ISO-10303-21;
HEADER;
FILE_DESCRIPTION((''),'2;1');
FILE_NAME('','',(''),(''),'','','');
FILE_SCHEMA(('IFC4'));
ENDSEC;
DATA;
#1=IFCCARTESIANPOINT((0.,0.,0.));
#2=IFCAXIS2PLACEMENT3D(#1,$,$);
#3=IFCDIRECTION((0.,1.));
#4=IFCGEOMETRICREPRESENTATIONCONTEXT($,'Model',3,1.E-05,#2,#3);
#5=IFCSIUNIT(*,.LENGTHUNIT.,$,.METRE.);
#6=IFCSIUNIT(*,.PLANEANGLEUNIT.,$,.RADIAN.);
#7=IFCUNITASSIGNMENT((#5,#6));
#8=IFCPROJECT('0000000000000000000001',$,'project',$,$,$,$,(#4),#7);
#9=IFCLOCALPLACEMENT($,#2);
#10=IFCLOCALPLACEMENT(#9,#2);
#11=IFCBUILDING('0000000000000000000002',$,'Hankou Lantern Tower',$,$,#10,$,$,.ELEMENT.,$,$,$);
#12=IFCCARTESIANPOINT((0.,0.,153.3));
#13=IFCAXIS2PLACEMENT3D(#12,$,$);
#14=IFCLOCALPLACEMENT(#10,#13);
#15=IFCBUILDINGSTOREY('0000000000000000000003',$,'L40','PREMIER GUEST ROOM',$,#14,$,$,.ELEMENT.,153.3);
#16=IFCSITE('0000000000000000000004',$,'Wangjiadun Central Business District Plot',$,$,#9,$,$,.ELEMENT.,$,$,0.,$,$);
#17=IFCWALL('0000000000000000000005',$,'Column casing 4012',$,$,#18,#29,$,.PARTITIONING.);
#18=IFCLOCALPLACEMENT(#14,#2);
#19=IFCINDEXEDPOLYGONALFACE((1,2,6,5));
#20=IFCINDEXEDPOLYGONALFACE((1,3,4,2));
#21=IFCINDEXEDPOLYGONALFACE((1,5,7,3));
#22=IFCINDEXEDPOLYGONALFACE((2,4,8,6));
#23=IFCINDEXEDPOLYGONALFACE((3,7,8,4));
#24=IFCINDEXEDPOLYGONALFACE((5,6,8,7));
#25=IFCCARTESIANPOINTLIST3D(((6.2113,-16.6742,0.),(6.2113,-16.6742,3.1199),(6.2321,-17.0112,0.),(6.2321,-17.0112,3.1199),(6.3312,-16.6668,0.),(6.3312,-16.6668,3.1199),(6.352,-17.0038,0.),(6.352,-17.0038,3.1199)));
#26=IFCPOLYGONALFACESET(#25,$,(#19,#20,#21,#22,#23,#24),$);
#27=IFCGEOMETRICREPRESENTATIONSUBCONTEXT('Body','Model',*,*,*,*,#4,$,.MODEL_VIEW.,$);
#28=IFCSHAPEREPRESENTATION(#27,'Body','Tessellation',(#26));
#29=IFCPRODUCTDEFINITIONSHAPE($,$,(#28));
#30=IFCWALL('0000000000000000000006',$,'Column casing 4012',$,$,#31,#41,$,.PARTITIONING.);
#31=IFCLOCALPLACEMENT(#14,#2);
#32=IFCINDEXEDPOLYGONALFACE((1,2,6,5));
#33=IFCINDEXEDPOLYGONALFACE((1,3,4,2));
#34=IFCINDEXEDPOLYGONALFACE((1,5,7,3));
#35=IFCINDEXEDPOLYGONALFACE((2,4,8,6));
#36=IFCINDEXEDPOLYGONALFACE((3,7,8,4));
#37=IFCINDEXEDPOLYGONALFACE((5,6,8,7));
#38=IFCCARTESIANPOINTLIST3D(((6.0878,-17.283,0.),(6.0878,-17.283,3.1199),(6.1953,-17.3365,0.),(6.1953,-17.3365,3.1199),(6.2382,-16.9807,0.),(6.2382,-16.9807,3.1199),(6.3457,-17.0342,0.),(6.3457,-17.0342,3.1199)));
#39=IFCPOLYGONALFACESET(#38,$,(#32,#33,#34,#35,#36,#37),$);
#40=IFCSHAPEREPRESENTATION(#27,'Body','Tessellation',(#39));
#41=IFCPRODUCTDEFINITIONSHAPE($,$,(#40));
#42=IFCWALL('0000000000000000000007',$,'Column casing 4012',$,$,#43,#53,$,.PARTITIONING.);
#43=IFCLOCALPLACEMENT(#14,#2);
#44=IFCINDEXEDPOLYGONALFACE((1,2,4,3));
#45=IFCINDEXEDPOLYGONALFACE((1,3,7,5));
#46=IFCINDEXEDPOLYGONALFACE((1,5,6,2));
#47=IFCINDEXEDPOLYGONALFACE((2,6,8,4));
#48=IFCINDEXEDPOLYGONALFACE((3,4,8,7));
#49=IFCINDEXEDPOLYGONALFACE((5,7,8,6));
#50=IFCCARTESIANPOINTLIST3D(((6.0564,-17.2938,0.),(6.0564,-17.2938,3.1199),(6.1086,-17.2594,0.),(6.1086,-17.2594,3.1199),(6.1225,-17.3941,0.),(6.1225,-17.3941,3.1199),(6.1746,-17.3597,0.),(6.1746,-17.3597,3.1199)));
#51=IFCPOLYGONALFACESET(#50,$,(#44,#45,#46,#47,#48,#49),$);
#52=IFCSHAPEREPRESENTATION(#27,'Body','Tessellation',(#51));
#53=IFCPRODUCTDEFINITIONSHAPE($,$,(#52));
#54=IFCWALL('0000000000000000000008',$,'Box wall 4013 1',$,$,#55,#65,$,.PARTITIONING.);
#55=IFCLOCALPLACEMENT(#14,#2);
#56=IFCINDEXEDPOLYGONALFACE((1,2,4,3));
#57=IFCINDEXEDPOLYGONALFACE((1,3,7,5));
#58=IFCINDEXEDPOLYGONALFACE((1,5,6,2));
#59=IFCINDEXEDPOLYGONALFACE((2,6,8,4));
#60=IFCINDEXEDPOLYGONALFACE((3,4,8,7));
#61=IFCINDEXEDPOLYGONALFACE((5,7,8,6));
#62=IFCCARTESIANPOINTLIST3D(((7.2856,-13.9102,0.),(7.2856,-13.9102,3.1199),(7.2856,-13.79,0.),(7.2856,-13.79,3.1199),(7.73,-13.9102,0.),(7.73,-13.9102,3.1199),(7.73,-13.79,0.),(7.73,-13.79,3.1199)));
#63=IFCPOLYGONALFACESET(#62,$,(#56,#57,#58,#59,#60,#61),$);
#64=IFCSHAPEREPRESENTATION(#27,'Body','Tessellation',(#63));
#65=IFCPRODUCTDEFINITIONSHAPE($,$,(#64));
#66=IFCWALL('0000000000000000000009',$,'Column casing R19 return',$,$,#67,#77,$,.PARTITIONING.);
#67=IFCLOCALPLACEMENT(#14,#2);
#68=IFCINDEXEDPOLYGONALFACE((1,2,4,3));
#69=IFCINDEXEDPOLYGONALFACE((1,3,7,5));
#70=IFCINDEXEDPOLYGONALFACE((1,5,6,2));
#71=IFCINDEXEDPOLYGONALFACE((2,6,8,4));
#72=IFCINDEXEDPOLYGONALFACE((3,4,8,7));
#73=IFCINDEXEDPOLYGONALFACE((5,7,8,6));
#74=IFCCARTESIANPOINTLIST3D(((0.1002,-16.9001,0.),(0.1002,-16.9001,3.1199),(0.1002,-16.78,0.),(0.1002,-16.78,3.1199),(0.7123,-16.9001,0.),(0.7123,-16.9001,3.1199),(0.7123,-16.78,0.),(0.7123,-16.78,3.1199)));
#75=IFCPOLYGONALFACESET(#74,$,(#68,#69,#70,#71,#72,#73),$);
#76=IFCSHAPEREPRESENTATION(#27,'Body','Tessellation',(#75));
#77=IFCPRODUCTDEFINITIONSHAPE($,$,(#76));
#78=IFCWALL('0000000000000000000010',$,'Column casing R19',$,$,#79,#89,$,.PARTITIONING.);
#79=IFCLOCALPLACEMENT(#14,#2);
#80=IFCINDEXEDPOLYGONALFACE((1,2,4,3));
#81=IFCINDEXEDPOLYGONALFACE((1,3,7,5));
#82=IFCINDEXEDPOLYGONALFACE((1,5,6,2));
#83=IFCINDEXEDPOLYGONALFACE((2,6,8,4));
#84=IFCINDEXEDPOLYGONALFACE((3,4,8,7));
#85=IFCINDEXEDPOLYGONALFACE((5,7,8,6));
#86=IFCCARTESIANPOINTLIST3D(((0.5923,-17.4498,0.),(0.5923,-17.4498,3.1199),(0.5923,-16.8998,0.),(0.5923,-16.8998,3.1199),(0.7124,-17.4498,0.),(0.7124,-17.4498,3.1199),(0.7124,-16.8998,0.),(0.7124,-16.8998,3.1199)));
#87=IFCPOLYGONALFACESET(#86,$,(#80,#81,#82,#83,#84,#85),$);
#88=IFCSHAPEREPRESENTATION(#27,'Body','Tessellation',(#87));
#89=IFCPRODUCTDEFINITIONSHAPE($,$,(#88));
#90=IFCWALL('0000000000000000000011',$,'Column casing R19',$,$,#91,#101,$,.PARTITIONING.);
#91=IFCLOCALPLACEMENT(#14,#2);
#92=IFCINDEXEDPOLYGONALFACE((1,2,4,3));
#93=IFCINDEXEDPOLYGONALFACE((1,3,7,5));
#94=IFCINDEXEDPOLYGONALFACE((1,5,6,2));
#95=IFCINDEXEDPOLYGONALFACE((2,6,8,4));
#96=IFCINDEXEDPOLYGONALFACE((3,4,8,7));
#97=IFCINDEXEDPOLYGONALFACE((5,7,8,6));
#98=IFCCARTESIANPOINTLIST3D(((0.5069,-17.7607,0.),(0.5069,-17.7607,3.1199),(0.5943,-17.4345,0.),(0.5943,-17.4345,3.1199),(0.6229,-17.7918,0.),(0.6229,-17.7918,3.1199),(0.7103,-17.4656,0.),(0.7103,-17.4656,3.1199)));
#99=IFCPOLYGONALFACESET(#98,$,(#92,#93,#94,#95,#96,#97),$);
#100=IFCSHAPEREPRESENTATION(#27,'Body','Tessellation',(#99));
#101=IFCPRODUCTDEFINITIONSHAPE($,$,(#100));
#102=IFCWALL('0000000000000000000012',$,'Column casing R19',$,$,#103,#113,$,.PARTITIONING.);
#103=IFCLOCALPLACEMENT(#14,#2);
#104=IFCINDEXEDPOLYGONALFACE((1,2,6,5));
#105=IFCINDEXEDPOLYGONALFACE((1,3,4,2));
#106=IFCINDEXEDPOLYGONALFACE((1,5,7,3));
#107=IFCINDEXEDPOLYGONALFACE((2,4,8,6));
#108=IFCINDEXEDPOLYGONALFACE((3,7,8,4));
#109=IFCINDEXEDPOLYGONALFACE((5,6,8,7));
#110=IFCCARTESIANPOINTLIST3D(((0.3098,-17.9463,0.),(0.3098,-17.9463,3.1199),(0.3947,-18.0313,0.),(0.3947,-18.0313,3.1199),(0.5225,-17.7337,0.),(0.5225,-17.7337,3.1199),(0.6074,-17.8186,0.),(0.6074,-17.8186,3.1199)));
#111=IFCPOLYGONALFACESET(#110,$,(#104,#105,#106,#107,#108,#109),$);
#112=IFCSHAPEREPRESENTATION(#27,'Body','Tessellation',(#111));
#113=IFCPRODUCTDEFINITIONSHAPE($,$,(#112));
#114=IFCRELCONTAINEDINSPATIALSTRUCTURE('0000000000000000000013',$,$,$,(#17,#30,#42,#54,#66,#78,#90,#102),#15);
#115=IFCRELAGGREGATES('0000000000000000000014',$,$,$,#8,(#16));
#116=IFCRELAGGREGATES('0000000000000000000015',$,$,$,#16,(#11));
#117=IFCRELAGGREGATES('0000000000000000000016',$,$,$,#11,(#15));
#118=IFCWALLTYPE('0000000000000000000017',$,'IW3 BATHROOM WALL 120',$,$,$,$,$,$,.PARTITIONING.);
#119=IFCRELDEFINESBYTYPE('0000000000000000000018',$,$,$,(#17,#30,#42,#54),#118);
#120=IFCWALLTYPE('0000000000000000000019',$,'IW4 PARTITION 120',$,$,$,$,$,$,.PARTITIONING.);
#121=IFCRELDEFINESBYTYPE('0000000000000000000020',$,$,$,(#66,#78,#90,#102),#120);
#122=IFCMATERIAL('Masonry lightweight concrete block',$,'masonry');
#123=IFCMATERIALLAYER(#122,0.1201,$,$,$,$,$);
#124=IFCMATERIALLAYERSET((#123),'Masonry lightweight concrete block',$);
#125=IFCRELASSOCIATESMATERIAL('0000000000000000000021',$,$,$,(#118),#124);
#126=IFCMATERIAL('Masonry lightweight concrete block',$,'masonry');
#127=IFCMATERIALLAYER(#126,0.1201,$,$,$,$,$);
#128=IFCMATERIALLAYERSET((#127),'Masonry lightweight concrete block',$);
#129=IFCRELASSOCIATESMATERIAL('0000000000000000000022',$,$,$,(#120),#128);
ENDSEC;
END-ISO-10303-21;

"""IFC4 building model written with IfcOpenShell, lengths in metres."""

from ifc_helpers import new_model, si_unit, direction, frame, frame_2d, origin, place, context, subcontext, project, spatial, rectangle, extrude, material, layer, layer_set, type_object, element, save


model = new_model("IFC4")

# Units and contexts
model_context = context("Model", 3, precision=1e-05, world=origin(), true_north=direction((0.0, 1.0)))
body_context = subcontext(model_context, "Body", "Model", "MODEL_VIEW")
ifc_project = project(units=[si_unit("LENGTHUNIT", "METRE"), si_unit("PLANEANGLEUNIT", "RADIAN")], contexts=[model_context])

# Site, building, storey
site_placement = place(None, origin())
site = spatial("IfcSite", under=ifc_project, at=site_placement, Name="Wangjiadun Central Business District Plot", CompositionType="ELEMENT", RefElevation=0.0)
building_placement = place(site_placement, origin())
building = spatial("IfcBuilding", under=site, at=building_placement, Name="Hankou Lantern Tower", CompositionType="ELEMENT")
storey_placement = place(building_placement, frame((0.0, 0.0, 153.3)))
storey = spatial("IfcBuildingStorey", under=building, at=storey_placement, Name="L40", Description="PREMIER GUEST ROOM", CompositionType="ELEMENT", Elevation=153.3)

# Shared definitions
ifc_material_1 = material(Name="Masonry lightweight concrete block", Category="masonry")
ifc_layer_1 = layer(ifc_material_1, 0.1201)
ifc_layer_set_1 = layer_set([ifc_layer_1], Name="Masonry lightweight concrete block")
wall_type_1 = type_object("IfcWallType", Name="IW3 BATHROOM WALL 120", PredefinedType="PARTITIONING", material=ifc_layer_set_1)

# Walls
for number, where, z_axis, x_axis, name in (
    (1, (6.2712, -16.6704, 0.0), (0.0, 0.0, 1.0), (0.061478, -0.998108, 0.0), "Column casing 4012"),
    (2, (6.292, -17.0073, 0.0), (0.0, 0.0, 1.0), (-0.445477, -0.895293, 0.0), "Column casing 4012"),
):
    element("IfcWall", number, at=place(storey_placement, frame(where, z_axis=z_axis, x_axis=x_axis)), inside=storey, type_object=wall_type_1, Name=name, PredefinedType="PARTITIONING", context=body_context, shape_type="SweptSolid", body=[
        extrude(rectangle(XDim=0.3376, YDim=0.1201, at=frame_2d((0.1689, 0.0))), origin(), (0.0, 0.0, 1.0), 3.1199),
    ])
wall_1_placement = place(storey_placement, frame((6.1416, -17.3096, 0.0), z_axis=(0.0, 0.0, 1.0), x_axis=(-0.83504, -0.55019, 0.0)))
element("IfcWall", 3, at=wall_1_placement, inside=storey, type_object=wall_type_1, Name="Column casing 4012", PredefinedType="PARTITIONING", context=body_context, shape_type="SweptSolid", body=[
    extrude(rectangle(XDim=0.0625, YDim=0.1201, at=frame_2d((0.0312, 0.0))), origin(), (0.0, 0.0, 1.0), 3.1199),
])
wall_2_placement = place(storey_placement, frame((7.2856, -13.8501, 0.0), z_axis=(0.0, 0.0, 1.0), x_axis=(1.0, 0.0, 0.0)))
element("IfcWall", 4, at=wall_2_placement, inside=storey, type_object=wall_type_1, Name="Box wall 4013 1", PredefinedType="PARTITIONING", context=body_context, shape_type="SweptSolid", body=[
    extrude(rectangle(XDim=0.4443, YDim=0.1201, at=frame_2d((0.2222, 0.0))), origin(), (0.0, 0.0, 1.0), 3.1199),
])
ifc_material_2 = material(Name="Masonry lightweight concrete block", Category="masonry")
ifc_layer_2 = layer(ifc_material_2, 0.1201)
ifc_layer_set_2 = layer_set([ifc_layer_2], Name="Masonry lightweight concrete block")
wall_type_2 = type_object("IfcWallType", Name="IW4 PARTITION 120", PredefinedType="PARTITIONING", material=ifc_layer_set_2)
wall_3_placement = place(storey_placement, frame((0.1001, -16.8401, 0.0), z_axis=(0.0, 0.0, 1.0), x_axis=(1.0, 0.0, 0.0)))
element("IfcWall", 5, at=wall_3_placement, inside=storey, type_object=wall_type_2, Name="Column casing R19 return", PredefinedType="PARTITIONING", context=body_context, shape_type="SweptSolid", body=[
    extrude(rectangle(XDim=0.6121, YDim=0.1201, at=frame_2d((0.3062, 0.0))), origin(), (0.0, 0.0, 1.0), 3.1199),
])
wall_4_placement = place(storey_placement, frame((0.6523, -16.8999, 0.0), z_axis=(0.0, 0.0, 1.0), x_axis=(0.0, -1.0, 0.0)))
element("IfcWall", 6, at=wall_4_placement, inside=storey, type_object=wall_type_2, Name="Column casing R19", PredefinedType="PARTITIONING", context=body_context, shape_type="SweptSolid", body=[
    extrude(rectangle(XDim=0.55, YDim=0.1201, at=frame_2d((0.2749, 0.0))), origin(), (0.0, 0.0, 1.0), 3.1199),
])
wall_5_placement = place(storey_placement, frame((0.6523, -17.45, 0.0), z_axis=(0.0, 0.0, 1.0), x_axis=(-0.258832, -0.965922, 0.0)))
element("IfcWall", 7, at=wall_5_placement, inside=storey, type_object=wall_type_2, Name="Column casing R19", PredefinedType="PARTITIONING", context=body_context, shape_type="SweptSolid", body=[
    extrude(rectangle(XDim=0.3376, YDim=0.1201, at=frame_2d((0.1689, 0.0))), origin(), (0.0, 0.0, 1.0), 3.1199),
])
wall_6_placement = place(storey_placement, frame((0.5649, -17.7761, 0.0), z_axis=(0.0, 0.0, 1.0), x_axis=(-0.707107, -0.707107, 0.0)))
element("IfcWall", 8, at=wall_6_placement, inside=storey, type_object=wall_type_2, Name="Column casing R19", PredefinedType="PARTITIONING", context=body_context, shape_type="SweptSolid", body=[
    extrude(rectangle(XDim=0.3008, YDim=0.1201, at=frame_2d((0.1504, 0.0))), origin(), (0.0, 0.0, 1.0), 3.1199),
])

save(model, "model.ifc")
